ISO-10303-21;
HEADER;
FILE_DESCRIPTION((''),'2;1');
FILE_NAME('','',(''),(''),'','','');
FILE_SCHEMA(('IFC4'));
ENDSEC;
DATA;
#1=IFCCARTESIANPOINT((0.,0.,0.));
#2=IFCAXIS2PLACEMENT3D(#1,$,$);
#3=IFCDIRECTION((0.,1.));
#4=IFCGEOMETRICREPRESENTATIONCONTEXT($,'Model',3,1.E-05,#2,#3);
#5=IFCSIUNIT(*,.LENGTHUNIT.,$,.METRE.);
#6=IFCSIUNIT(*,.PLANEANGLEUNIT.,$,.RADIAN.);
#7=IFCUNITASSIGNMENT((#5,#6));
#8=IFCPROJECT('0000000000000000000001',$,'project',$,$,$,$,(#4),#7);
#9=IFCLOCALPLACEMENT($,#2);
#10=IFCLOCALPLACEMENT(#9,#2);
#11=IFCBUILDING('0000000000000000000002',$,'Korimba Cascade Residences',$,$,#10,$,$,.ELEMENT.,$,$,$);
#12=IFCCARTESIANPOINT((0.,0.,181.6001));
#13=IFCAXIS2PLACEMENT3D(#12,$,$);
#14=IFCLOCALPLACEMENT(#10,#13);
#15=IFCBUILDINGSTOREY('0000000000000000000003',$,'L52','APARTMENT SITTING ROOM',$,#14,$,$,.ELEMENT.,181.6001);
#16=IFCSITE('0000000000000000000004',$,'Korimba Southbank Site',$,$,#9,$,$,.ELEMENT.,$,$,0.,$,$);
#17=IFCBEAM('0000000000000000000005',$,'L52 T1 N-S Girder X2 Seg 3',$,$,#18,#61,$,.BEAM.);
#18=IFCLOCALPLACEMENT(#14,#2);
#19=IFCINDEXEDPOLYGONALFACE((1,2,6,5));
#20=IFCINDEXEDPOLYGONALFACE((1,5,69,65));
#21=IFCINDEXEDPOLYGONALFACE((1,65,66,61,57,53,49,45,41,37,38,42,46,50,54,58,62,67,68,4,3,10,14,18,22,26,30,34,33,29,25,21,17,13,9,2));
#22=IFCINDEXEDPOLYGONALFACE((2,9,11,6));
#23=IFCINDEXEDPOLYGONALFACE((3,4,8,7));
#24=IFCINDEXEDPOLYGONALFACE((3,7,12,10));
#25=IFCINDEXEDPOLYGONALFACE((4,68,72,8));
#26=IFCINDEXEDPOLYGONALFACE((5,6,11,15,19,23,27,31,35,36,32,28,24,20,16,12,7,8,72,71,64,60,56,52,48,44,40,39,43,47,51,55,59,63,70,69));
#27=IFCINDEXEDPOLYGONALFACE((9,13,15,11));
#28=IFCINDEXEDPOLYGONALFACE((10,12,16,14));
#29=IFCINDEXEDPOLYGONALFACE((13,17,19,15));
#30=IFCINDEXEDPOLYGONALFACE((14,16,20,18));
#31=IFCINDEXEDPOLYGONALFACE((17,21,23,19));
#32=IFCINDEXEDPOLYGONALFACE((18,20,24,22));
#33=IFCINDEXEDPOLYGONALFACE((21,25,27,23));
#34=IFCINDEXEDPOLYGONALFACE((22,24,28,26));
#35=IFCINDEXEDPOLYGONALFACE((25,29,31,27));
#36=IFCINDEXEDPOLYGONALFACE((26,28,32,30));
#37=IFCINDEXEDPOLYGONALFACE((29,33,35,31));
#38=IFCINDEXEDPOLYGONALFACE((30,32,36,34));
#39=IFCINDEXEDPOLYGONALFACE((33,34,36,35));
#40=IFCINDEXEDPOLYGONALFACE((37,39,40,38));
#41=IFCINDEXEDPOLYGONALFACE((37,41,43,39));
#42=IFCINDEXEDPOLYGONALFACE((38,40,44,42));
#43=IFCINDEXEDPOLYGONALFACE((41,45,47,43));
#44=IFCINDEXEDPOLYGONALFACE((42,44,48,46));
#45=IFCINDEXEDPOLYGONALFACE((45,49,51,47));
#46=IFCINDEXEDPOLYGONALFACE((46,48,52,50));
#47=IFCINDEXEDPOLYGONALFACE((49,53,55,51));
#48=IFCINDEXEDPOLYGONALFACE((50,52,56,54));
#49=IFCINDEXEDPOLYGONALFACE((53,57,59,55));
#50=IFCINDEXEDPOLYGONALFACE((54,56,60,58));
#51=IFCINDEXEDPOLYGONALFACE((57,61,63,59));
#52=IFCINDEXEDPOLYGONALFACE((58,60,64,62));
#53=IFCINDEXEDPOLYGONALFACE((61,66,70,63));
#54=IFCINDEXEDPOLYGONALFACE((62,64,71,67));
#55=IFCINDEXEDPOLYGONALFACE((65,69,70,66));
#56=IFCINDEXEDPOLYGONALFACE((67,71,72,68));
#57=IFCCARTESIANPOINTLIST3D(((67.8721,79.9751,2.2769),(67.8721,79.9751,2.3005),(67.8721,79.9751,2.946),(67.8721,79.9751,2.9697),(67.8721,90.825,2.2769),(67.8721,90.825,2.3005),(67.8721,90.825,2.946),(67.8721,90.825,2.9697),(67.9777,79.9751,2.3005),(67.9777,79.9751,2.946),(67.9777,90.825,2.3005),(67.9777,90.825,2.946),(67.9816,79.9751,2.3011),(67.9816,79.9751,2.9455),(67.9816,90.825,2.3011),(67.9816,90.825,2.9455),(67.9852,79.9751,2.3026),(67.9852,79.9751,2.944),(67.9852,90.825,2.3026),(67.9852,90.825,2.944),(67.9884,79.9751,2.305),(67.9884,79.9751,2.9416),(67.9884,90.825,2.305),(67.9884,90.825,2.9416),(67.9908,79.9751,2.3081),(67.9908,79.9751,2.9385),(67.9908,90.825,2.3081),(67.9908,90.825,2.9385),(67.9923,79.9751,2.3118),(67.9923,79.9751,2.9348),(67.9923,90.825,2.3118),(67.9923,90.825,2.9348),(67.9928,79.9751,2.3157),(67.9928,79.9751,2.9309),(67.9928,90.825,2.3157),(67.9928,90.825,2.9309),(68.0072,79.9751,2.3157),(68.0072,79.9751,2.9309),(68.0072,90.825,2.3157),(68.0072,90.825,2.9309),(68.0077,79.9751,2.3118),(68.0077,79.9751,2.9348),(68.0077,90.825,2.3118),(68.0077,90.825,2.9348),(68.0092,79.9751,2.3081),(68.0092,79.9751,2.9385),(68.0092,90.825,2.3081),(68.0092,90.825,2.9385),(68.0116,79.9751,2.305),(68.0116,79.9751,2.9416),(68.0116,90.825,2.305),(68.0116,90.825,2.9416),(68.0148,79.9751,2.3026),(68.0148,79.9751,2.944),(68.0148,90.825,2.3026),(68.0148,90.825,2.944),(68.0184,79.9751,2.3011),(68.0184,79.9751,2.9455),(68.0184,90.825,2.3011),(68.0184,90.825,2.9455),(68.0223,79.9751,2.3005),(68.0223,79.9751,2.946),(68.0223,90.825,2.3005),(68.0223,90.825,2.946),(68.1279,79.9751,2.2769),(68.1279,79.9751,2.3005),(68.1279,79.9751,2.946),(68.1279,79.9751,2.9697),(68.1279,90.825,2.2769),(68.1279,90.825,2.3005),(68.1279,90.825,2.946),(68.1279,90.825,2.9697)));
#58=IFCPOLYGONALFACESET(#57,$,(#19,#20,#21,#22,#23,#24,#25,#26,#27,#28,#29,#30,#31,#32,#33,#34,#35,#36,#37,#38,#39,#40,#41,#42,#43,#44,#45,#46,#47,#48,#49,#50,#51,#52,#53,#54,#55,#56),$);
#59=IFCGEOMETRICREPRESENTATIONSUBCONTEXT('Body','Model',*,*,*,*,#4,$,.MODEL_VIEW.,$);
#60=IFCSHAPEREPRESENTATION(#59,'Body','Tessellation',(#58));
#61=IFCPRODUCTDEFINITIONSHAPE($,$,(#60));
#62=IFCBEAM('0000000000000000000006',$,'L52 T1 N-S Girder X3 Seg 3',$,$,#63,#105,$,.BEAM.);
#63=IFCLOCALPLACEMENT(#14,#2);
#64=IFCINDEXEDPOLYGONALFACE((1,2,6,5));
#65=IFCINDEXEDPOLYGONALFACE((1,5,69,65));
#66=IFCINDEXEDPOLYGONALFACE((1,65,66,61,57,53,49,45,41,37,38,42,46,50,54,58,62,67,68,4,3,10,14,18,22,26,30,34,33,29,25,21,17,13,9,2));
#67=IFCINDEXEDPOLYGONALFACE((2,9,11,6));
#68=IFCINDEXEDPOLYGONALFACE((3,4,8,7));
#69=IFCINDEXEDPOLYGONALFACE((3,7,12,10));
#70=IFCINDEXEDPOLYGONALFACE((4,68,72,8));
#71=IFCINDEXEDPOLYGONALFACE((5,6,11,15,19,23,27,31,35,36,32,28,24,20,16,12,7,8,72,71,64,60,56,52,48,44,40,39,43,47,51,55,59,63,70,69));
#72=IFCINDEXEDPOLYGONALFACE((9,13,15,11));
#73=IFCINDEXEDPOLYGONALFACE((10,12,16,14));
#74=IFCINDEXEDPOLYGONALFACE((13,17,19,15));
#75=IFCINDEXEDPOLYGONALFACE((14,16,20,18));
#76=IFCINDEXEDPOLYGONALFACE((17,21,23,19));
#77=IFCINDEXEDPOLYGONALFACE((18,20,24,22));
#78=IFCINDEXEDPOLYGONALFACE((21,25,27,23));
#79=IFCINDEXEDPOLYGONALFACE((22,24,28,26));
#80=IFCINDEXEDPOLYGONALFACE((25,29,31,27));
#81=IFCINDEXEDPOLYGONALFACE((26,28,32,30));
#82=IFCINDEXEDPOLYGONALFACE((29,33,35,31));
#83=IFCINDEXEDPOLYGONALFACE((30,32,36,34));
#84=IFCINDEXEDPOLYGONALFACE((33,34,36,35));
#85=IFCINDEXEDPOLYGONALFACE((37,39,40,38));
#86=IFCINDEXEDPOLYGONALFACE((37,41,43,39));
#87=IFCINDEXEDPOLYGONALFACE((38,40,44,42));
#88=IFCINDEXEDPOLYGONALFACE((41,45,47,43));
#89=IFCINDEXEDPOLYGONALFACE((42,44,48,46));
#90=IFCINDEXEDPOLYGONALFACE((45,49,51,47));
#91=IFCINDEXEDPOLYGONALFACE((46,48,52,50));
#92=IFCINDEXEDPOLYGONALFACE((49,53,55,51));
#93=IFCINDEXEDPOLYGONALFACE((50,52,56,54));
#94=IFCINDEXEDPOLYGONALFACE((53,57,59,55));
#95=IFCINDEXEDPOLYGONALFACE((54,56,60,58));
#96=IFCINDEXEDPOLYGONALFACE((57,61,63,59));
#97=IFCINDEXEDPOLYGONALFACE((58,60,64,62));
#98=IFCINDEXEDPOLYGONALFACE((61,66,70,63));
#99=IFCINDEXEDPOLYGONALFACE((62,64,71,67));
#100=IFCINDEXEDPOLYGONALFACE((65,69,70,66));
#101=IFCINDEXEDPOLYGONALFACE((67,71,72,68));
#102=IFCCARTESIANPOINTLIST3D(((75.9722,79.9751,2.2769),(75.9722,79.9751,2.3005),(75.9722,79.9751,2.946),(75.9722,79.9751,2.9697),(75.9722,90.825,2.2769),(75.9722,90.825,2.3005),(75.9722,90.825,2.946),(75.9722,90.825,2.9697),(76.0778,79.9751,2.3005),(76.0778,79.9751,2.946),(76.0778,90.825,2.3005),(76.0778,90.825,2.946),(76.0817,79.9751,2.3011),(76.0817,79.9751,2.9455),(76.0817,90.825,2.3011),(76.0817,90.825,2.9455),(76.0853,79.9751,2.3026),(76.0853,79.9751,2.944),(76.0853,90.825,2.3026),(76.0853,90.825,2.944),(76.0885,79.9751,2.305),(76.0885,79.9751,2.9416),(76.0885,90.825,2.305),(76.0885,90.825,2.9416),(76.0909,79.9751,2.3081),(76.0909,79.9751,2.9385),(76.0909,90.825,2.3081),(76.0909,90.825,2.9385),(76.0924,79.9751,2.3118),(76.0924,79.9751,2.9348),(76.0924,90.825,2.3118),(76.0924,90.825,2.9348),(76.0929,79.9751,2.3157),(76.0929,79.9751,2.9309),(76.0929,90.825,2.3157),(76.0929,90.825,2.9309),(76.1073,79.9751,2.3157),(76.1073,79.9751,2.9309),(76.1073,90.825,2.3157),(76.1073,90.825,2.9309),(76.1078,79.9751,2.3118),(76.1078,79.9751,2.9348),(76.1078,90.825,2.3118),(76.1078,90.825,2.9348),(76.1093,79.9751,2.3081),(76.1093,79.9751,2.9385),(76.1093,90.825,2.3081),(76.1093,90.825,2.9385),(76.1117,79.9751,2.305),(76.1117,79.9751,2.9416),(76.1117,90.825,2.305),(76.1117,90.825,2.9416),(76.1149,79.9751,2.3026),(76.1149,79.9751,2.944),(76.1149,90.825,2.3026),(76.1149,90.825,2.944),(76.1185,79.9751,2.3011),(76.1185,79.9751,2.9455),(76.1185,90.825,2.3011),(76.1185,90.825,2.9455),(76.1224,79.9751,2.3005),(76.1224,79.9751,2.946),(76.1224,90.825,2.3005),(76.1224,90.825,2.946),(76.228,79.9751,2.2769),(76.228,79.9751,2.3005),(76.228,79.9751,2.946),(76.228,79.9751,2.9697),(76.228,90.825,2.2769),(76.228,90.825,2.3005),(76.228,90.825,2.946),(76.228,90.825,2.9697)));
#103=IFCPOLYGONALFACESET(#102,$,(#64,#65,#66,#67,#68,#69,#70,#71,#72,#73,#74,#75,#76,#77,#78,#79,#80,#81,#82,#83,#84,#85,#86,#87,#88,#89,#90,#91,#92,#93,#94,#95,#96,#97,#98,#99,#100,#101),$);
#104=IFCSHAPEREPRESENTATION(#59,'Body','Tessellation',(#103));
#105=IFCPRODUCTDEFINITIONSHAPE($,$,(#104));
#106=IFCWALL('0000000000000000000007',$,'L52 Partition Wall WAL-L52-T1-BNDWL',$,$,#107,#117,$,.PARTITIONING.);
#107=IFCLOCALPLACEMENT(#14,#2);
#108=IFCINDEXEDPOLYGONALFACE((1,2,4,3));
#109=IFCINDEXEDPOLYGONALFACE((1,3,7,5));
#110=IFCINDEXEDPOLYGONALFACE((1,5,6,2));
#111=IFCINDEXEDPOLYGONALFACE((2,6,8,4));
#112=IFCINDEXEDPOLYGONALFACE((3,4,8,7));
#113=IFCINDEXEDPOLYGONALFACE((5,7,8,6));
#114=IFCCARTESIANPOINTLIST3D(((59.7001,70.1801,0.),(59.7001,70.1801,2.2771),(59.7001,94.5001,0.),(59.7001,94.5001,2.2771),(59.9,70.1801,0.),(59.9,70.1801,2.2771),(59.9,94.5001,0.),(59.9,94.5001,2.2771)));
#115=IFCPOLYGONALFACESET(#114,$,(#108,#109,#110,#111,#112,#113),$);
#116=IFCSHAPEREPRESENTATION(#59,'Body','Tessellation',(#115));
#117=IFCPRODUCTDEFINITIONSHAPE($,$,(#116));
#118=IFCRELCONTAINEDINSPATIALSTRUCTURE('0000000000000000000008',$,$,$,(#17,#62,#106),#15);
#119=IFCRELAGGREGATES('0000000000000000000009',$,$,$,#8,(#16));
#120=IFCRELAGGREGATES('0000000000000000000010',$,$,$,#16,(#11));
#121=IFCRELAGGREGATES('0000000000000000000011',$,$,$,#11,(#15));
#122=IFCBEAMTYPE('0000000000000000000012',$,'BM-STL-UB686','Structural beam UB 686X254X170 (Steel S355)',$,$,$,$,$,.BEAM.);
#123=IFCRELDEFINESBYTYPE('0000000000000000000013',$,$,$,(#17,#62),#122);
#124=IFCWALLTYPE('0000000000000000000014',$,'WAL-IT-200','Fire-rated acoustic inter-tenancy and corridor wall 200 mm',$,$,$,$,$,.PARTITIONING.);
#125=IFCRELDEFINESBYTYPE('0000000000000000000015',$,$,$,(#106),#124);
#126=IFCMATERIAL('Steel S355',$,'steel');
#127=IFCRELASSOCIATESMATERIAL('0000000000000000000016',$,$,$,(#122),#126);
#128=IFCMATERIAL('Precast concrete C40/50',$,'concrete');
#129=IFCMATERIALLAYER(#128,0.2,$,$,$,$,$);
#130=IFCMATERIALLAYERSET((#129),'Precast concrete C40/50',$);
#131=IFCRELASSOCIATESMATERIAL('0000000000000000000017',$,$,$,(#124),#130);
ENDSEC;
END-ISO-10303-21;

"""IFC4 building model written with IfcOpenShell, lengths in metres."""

from ifc_helpers import new_model, si_unit, direction, frame, frame_2d, origin, origin_2d, place, context, subcontext, project, spatial, rectangle, i_section, extrude, material, layer, layer_set, material_profile, profile_set, type_object, element, save


model = new_model("IFC4")

# Units and contexts
model_context = context("Model", 3, precision=1e-05, world=origin(), true_north=direction((0.0, 1.0)))
body_context = subcontext(model_context, "Body", "Model", "MODEL_VIEW")
ifc_project = project(units=[si_unit("LENGTHUNIT", "METRE"), si_unit("PLANEANGLEUNIT", "RADIAN")], contexts=[model_context])

# Site, building, storey
site_placement = place(None, origin())
site = spatial("IfcSite", under=ifc_project, at=site_placement, Name="Korimba Southbank Site", CompositionType="ELEMENT", RefElevation=0.0)
building_placement = place(site_placement, origin())
building = spatial("IfcBuilding", under=site, at=building_placement, Name="Korimba Cascade Residences", CompositionType="ELEMENT")
storey_placement = place(building_placement, frame((0.0, 0.0, 181.6001)))
storey = spatial("IfcBuildingStorey", under=building, at=storey_placement, Name="L52", Description="APARTMENT SITTING ROOM", CompositionType="ELEMENT", Elevation=181.6001)

# Beams
ifc_material_1 = material(Name="Steel S355", Category="steel")
ifc_material_profile_1 = material_profile(ifc_material_1, i_section(OverallWidth=0.2559, OverallDepth=0.6929, WebThickness=0.0144, FlangeThickness=0.0237, FilletRadius=0.0151, at=origin_2d()), Name="Steel S355")
ifc_profile_set_1 = profile_set([ifc_material_profile_1], Name="Steel S355")
beam_type_1 = type_object("IfcBeamType", Name="BM-STL-UB686", Description="Structural beam UB 686X254X170 (Steel S355)", PredefinedType="BEAM", material=ifc_profile_set_1)
for number, where, z_axis, x_axis, name in (
    (1, (68.0, 79.9751, 2.6233), (0.0, 1.0, 0.0), (-1.0, 0.0, 0.0), "L52 T1 N-S Girder X2 Seg 3"),
    (2, (76.1001, 79.9751, 2.6233), (0.0, 1.0, 0.0), (-1.0, 0.0, 0.0), "L52 T1 N-S Girder X3 Seg 3"),
):
    element("IfcBeam", number, at=place(storey_placement, frame(where, z_axis=z_axis, x_axis=x_axis)), inside=storey, type_object=beam_type_1, Name=name, PredefinedType="BEAM", context=body_context, shape_type="SweptSolid", body=[
        extrude(i_section(OverallWidth=0.2559, OverallDepth=0.6929, WebThickness=0.0144, FlangeThickness=0.0237, FilletRadius=0.0151, at=origin_2d()), origin(), (0.0, 0.0, 1.0), 10.8499),
    ])

# Wall
ifc_material_2 = material(Name="Precast concrete C40/50", Category="concrete")
ifc_layer_1 = layer(ifc_material_2, 0.2)
ifc_layer_set_1 = layer_set([ifc_layer_1], Name="Precast concrete C40/50")
wall_type_1 = type_object("IfcWallType", Name="WAL-IT-200", Description="Fire-rated acoustic inter-tenancy and corridor wall 200 mm", PredefinedType="PARTITIONING", material=ifc_layer_set_1)
wall_1_placement = place(storey_placement, frame((59.8, 70.1799, 0.0), z_axis=(0.0, 0.0, 1.0), x_axis=(0.0, 1.0, 0.0)))
element("IfcWall", 3, at=wall_1_placement, inside=storey, type_object=wall_type_1, Name="L52 Partition Wall WAL-L52-T1-BNDWL", PredefinedType="PARTITIONING", context=body_context, shape_type="SweptSolid", body=[
    extrude(rectangle(XDim=24.3201, YDim=0.2, at=frame_2d((12.1602, 0.0))), origin(), (0.0, 0.0, 1.0), 2.2771),
])

save(model, "model.ifc")
